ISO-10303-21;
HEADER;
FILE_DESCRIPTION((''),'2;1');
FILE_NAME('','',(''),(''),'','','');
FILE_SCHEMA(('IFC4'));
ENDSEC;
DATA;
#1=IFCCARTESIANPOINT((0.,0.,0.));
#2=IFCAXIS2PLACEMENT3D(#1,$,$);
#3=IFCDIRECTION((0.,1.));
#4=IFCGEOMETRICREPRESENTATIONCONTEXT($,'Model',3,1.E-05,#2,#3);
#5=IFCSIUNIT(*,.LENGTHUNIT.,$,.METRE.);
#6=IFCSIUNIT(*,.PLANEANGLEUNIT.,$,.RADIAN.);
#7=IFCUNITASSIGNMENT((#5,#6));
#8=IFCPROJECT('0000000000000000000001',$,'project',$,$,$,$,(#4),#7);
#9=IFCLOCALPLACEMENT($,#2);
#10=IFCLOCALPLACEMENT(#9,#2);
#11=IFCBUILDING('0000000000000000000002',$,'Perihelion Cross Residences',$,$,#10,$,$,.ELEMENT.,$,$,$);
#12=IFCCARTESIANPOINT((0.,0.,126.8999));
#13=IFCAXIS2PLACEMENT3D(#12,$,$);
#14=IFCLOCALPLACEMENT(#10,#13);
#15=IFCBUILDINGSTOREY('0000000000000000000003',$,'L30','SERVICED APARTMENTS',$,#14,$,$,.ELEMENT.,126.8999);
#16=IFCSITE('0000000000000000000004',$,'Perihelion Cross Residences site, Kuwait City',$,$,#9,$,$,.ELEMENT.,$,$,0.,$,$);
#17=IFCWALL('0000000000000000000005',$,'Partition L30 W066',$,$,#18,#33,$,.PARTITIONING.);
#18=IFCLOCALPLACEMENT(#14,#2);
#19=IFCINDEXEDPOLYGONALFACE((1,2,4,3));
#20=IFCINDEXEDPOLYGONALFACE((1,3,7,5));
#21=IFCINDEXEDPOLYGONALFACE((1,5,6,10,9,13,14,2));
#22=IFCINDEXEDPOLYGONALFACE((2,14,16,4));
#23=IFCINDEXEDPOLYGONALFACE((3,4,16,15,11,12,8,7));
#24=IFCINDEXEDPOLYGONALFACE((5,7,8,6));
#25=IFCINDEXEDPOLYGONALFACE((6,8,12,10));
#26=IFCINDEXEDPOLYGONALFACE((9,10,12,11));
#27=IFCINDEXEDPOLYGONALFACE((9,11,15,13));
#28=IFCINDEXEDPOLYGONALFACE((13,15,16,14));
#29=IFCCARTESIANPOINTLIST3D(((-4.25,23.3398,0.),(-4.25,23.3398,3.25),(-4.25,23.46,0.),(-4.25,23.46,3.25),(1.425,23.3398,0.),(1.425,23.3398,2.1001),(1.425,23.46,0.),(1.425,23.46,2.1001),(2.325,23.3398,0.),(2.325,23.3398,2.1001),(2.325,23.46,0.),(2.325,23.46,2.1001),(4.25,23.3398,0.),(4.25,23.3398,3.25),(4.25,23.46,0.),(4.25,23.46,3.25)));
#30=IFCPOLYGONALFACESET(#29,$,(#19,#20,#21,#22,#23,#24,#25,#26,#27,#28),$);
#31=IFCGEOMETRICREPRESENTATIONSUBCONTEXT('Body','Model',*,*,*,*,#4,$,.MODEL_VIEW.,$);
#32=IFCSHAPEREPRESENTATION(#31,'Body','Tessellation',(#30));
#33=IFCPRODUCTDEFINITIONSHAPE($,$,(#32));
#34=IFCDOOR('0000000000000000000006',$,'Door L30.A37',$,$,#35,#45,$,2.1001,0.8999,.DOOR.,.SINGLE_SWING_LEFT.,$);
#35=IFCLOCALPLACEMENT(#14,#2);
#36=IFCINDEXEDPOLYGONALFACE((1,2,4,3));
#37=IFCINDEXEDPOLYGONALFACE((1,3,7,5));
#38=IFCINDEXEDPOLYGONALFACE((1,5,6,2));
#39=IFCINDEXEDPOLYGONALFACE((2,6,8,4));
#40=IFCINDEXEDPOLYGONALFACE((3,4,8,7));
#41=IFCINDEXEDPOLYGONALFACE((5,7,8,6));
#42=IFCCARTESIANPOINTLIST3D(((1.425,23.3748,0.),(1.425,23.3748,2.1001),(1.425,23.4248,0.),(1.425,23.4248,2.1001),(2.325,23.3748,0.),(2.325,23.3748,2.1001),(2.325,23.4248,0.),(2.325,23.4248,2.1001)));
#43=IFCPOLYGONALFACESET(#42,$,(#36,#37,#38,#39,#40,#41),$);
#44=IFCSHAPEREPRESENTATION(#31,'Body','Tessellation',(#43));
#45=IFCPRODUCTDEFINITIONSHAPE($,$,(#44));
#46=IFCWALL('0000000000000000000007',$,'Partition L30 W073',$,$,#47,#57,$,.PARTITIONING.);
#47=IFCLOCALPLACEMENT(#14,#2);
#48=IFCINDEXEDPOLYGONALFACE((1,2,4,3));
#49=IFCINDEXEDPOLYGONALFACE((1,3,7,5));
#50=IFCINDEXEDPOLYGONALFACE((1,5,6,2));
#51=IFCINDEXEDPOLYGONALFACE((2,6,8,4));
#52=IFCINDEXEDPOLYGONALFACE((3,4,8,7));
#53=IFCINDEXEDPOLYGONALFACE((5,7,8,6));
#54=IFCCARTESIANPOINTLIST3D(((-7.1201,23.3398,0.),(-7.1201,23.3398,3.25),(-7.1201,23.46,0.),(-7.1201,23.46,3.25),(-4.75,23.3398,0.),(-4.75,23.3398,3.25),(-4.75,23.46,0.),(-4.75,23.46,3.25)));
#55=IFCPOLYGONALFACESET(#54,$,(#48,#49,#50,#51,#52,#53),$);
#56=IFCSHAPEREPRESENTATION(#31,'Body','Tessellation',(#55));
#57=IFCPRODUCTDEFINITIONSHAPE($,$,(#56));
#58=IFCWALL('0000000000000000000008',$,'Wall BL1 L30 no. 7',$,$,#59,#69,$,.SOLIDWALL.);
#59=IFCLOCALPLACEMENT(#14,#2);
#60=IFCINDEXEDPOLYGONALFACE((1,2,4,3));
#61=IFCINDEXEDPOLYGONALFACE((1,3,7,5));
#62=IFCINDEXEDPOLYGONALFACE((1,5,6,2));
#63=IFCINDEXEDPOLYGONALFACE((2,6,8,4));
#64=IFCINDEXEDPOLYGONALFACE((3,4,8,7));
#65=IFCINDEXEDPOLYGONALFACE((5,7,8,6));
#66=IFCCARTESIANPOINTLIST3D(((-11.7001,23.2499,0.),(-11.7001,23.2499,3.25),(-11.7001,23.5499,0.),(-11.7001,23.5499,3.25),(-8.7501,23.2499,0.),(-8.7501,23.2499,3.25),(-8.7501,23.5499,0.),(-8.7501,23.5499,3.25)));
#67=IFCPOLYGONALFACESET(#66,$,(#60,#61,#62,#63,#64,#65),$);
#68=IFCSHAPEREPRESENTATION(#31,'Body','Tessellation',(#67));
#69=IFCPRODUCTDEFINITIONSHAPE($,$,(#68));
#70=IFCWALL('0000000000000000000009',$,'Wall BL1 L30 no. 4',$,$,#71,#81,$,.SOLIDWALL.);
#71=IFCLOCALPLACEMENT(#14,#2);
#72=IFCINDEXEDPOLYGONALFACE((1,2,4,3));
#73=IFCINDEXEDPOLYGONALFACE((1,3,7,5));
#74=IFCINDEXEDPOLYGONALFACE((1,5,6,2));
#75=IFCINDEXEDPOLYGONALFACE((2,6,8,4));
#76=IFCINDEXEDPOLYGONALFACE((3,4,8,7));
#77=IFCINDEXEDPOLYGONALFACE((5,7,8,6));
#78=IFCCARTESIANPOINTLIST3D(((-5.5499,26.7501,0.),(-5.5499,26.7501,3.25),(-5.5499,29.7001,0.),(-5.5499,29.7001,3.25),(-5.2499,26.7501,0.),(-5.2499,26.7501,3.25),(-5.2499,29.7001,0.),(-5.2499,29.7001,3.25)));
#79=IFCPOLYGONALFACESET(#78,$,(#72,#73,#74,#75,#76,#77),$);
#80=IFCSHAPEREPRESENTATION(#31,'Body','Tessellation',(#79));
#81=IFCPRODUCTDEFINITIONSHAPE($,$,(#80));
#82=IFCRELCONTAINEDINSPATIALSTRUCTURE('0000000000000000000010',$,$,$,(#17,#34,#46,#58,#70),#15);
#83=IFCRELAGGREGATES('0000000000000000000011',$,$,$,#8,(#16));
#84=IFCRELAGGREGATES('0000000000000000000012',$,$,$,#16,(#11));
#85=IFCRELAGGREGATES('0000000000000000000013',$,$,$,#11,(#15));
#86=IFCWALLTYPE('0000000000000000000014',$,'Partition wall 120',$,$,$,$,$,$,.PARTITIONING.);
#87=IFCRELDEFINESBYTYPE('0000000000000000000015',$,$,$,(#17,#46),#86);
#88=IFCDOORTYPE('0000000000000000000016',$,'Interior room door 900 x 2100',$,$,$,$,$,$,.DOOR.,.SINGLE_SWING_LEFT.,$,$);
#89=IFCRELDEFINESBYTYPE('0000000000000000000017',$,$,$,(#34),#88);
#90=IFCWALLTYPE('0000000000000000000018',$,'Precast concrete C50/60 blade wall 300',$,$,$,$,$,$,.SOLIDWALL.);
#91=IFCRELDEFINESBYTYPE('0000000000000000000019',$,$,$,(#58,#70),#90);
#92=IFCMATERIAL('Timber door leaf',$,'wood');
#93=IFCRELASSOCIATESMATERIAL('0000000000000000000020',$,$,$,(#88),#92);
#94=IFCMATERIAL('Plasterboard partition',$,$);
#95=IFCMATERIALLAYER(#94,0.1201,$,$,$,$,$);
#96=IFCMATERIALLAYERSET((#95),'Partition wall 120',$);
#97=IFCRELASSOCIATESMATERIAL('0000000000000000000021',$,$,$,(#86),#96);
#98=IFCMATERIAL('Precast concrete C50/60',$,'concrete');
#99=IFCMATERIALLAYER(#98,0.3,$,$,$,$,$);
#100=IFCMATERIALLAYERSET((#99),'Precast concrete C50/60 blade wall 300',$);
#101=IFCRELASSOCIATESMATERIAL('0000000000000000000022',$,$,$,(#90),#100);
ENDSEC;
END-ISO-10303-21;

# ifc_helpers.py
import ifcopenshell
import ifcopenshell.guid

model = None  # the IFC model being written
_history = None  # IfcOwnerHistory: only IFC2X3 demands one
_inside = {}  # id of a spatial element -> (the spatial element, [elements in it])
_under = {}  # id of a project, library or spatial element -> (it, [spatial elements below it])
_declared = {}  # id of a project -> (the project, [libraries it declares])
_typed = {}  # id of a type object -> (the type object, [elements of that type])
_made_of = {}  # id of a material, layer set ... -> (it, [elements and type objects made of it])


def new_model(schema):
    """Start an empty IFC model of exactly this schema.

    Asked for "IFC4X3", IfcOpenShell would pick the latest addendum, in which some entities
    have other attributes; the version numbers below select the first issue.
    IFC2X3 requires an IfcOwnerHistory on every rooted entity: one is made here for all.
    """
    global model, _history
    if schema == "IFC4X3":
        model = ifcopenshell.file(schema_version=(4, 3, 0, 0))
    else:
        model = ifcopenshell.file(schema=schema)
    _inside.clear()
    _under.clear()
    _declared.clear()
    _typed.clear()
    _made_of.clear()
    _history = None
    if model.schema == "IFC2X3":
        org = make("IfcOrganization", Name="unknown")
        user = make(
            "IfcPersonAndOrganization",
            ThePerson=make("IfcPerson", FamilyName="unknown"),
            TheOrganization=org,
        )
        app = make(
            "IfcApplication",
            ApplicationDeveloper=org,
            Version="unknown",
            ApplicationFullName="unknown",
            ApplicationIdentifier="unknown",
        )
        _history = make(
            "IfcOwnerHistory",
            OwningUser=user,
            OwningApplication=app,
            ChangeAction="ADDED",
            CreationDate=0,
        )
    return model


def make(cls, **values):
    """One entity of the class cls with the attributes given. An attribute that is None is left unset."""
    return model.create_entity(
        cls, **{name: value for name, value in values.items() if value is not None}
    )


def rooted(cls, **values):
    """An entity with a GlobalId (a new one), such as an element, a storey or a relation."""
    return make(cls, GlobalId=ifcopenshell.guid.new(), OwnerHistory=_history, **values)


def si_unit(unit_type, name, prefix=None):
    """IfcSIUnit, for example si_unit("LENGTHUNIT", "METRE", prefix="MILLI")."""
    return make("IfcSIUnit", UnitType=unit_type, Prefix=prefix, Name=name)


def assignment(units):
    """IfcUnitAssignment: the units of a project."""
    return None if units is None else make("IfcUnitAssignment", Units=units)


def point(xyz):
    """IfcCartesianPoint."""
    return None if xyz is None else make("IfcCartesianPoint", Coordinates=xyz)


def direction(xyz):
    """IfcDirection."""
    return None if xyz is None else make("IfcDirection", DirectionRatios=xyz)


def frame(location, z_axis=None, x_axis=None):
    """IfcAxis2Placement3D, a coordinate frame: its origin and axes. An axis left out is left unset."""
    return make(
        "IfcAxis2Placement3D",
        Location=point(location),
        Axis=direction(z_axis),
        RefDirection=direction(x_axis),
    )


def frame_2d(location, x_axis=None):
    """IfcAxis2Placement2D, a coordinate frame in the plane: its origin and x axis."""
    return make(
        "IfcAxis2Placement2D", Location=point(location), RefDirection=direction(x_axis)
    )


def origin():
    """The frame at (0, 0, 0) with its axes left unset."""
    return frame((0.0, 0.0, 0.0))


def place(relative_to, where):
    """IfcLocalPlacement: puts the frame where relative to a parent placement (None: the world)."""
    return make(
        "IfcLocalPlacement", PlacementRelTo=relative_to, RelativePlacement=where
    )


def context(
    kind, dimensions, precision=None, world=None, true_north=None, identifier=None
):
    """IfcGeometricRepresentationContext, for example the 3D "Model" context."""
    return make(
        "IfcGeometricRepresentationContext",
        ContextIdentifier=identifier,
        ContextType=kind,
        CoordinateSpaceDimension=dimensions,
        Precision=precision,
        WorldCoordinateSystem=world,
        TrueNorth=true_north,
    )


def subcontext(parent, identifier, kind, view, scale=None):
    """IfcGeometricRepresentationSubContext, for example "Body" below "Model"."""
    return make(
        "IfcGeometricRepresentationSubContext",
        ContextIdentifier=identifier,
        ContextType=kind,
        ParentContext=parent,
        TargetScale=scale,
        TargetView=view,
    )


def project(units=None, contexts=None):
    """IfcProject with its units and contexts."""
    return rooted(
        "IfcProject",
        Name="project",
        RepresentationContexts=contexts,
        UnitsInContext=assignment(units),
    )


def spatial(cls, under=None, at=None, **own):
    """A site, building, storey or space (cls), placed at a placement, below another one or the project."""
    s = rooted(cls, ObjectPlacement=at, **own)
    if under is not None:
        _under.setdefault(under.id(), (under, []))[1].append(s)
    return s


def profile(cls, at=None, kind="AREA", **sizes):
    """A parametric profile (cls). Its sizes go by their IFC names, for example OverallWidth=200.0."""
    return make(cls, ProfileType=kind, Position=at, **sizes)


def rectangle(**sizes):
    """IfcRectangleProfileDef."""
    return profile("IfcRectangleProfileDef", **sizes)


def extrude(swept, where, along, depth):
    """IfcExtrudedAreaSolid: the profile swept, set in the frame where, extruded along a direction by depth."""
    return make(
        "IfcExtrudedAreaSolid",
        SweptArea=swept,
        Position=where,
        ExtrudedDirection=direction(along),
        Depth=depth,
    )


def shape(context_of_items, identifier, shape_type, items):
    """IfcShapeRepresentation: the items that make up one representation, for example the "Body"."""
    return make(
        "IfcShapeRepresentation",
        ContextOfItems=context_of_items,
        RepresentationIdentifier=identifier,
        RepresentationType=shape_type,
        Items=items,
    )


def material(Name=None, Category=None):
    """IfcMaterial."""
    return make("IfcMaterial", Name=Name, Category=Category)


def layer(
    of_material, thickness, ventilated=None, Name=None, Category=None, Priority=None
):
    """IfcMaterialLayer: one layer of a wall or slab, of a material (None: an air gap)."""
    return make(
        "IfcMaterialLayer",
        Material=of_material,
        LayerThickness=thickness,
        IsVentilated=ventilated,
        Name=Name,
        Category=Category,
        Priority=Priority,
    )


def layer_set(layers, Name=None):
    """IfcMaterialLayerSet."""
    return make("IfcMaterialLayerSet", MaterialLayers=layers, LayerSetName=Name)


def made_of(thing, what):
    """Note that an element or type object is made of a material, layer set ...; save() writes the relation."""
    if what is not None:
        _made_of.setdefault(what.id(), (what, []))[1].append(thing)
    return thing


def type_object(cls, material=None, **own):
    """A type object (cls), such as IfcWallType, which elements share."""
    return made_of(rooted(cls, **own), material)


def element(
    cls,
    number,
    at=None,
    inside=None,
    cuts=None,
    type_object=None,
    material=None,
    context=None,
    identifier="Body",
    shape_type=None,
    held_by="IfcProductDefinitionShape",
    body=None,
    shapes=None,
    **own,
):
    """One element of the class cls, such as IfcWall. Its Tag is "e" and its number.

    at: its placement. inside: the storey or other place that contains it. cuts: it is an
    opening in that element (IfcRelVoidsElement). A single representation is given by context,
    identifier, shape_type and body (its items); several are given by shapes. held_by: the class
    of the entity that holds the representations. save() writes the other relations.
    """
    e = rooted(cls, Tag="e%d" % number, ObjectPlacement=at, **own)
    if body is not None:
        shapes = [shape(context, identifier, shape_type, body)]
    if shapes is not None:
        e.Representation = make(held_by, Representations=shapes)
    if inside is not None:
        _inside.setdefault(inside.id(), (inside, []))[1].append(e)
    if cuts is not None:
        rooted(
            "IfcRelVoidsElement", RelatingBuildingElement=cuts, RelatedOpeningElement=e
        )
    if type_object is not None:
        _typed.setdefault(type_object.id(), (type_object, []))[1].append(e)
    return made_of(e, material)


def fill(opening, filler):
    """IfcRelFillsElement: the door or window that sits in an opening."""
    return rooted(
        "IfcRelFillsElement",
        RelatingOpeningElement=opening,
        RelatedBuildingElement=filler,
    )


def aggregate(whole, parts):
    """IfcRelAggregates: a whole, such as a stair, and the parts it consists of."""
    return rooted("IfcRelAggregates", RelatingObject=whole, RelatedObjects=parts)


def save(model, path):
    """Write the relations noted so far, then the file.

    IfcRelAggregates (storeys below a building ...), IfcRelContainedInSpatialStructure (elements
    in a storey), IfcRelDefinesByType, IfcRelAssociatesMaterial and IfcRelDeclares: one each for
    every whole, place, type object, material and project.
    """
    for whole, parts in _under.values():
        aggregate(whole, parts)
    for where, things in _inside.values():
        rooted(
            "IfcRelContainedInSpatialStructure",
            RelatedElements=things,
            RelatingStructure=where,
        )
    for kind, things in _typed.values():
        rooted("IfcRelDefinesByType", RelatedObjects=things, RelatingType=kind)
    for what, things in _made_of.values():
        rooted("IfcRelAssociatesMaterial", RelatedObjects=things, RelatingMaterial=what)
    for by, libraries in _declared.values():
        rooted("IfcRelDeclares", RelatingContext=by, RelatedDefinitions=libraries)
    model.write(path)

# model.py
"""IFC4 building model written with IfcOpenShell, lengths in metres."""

from ifc_helpers import new_model, si_unit, direction, frame, frame_2d, origin, place, context, subcontext, project, spatial, rectangle, extrude, material, layer, layer_set, type_object, element, fill, save


model = new_model("IFC4")

# Units and contexts
model_context = context("Model", 3, precision=1e-05, world=origin(), true_north=direction((0.0, 1.0)))
body_context = subcontext(model_context, "Body", "Model", "MODEL_VIEW")
ifc_project = project(units=[si_unit("LENGTHUNIT", "METRE"), si_unit("PLANEANGLEUNIT", "RADIAN")], contexts=[model_context])

# Site, building, storey
site_placement = place(None, origin())
site = spatial("IfcSite", under=ifc_project, at=site_placement, Name="Perihelion Cross Residences site, Kuwait City", CompositionType="ELEMENT", RefElevation=0.0)
building_placement = place(site_placement, origin())
building = spatial("IfcBuilding", under=site, at=building_placement, Name="Perihelion Cross Residences", CompositionType="ELEMENT")
storey_placement = place(building_placement, frame((0.0, 0.0, 126.8999)))
storey = spatial("IfcBuildingStorey", under=building, at=storey_placement, Name="L30", Description="SERVICED APARTMENTS", CompositionType="ELEMENT", Elevation=126.8999)

# Wall, opening, door
ifc_material_1 = material(Name="Timber door leaf", Category="wood")
door_type_1 = type_object("IfcDoorType", Name="Interior room door 900 x 2100", OperationType="SINGLE_SWING_LEFT", PredefinedType="DOOR", material=ifc_material_1)
ifc_material_2 = material(Name="Plasterboard partition")
ifc_layer_1 = layer(ifc_material_2, 0.1201)
ifc_layer_set_1 = layer_set([ifc_layer_1], Name="Partition wall 120")
wall_type_1 = type_object("IfcWallType", Name="Partition wall 120", PredefinedType="PARTITIONING", material=ifc_layer_set_1)
wall_1_placement = place(storey_placement, frame((-4.25, 23.3999, 0.0), z_axis=(0.0, 0.0, 1.0), x_axis=(1.0, 0.0, 0.0)))
wall_1 = element("IfcWall", 1, at=wall_1_placement, inside=storey, type_object=wall_type_1, Name="Partition L30 W066", PredefinedType="PARTITIONING", context=body_context, shape_type="SweptSolid", body=[
    extrude(rectangle(XDim=8.5, YDim=0.1201, at=frame_2d((4.25, 0.0))), origin(), (0.0, 0.0, 1.0), 3.25),
])
opening_1_placement = place(wall_1_placement, frame((5.675, 0.0, 0.0)))
opening_1 = element("IfcOpeningElement", 2, at=opening_1_placement, cuts=wall_1, PredefinedType="OPENING", context=body_context, shape_type="SweptSolid", body=[
    extrude(rectangle(XDim=0.8999, YDim=2.1001, at=frame_2d((0.45, 1.05))), frame((0.0, 0.0701, 0.0), z_axis=(0.0, -1.0, 0.0), x_axis=(1.0, 0.0, 0.0)), (0.0, 0.0, 1.0), 0.1401),
])
door_1_placement = place(opening_1_placement, origin())
door_1 = element("IfcDoor", 3, at=door_1_placement, inside=storey, type_object=door_type_1, Name="Door L30.A37", OperationType="SINGLE_SWING_LEFT", OverallHeight=2.1001, OverallWidth=0.8999, PredefinedType="DOOR", context=body_context, shape_type="SweptSolid", body=[
    extrude(rectangle(XDim=0.8999, YDim=2.1001, at=frame_2d((0.45, 1.05))), frame((0.0, 0.0249, 0.0), z_axis=(0.0, -1.0, 0.0), x_axis=(1.0, 0.0, 0.0)), (0.0, 0.0, 1.0), 0.05),
])
fill(opening_1, door_1)

# Walls
wall_2_placement = place(storey_placement, frame((-7.1201, 23.3999, 0.0), z_axis=(0.0, 0.0, 1.0), x_axis=(1.0, 0.0, 0.0)))
element("IfcWall", 4, at=wall_2_placement, inside=storey, type_object=wall_type_1, Name="Partition L30 W073", PredefinedType="PARTITIONING", context=body_context, shape_type="SweptSolid", body=[
    extrude(rectangle(XDim=2.3701, YDim=0.1201, at=frame_2d((1.1851, 0.0))), origin(), (0.0, 0.0, 1.0), 3.25),
])
ifc_material_3 = material(Name="Precast concrete C50/60", Category="concrete")
ifc_layer_2 = layer(ifc_material_3, 0.3)
ifc_layer_set_2 = layer_set([ifc_layer_2], Name="Precast concrete C50/60 blade wall 300")
wall_type_2 = type_object("IfcWallType", Name="Precast concrete C50/60 blade wall 300", PredefinedType="SOLIDWALL", material=ifc_layer_set_2)
for number, where, z_axis, x_axis, name in (
    (5, (-8.75, 23.3999, 0.0), (0.0, 0.0, 1.0), (-1.0, 0.0, 0.0), "Wall BL1 L30 no. 7"),
    (6, (-5.3999, 26.75, 0.0), (0.0, 0.0, 1.0), (0.0, 1.0, 0.0), "Wall BL1 L30 no. 4"),
):
    element("IfcWall", number, at=place(storey_placement, frame(where, z_axis=z_axis, x_axis=x_axis)), inside=storey, type_object=wall_type_2, Name=name, PredefinedType="SOLIDWALL", context=body_context, shape_type="SweptSolid", body=[
        extrude(rectangle(XDim=2.95, YDim=0.3, at=frame_2d((1.4751, 0.0))), origin(), (0.0, 0.0, 1.0), 3.25),
    ])

save(model, "model.ifc")
